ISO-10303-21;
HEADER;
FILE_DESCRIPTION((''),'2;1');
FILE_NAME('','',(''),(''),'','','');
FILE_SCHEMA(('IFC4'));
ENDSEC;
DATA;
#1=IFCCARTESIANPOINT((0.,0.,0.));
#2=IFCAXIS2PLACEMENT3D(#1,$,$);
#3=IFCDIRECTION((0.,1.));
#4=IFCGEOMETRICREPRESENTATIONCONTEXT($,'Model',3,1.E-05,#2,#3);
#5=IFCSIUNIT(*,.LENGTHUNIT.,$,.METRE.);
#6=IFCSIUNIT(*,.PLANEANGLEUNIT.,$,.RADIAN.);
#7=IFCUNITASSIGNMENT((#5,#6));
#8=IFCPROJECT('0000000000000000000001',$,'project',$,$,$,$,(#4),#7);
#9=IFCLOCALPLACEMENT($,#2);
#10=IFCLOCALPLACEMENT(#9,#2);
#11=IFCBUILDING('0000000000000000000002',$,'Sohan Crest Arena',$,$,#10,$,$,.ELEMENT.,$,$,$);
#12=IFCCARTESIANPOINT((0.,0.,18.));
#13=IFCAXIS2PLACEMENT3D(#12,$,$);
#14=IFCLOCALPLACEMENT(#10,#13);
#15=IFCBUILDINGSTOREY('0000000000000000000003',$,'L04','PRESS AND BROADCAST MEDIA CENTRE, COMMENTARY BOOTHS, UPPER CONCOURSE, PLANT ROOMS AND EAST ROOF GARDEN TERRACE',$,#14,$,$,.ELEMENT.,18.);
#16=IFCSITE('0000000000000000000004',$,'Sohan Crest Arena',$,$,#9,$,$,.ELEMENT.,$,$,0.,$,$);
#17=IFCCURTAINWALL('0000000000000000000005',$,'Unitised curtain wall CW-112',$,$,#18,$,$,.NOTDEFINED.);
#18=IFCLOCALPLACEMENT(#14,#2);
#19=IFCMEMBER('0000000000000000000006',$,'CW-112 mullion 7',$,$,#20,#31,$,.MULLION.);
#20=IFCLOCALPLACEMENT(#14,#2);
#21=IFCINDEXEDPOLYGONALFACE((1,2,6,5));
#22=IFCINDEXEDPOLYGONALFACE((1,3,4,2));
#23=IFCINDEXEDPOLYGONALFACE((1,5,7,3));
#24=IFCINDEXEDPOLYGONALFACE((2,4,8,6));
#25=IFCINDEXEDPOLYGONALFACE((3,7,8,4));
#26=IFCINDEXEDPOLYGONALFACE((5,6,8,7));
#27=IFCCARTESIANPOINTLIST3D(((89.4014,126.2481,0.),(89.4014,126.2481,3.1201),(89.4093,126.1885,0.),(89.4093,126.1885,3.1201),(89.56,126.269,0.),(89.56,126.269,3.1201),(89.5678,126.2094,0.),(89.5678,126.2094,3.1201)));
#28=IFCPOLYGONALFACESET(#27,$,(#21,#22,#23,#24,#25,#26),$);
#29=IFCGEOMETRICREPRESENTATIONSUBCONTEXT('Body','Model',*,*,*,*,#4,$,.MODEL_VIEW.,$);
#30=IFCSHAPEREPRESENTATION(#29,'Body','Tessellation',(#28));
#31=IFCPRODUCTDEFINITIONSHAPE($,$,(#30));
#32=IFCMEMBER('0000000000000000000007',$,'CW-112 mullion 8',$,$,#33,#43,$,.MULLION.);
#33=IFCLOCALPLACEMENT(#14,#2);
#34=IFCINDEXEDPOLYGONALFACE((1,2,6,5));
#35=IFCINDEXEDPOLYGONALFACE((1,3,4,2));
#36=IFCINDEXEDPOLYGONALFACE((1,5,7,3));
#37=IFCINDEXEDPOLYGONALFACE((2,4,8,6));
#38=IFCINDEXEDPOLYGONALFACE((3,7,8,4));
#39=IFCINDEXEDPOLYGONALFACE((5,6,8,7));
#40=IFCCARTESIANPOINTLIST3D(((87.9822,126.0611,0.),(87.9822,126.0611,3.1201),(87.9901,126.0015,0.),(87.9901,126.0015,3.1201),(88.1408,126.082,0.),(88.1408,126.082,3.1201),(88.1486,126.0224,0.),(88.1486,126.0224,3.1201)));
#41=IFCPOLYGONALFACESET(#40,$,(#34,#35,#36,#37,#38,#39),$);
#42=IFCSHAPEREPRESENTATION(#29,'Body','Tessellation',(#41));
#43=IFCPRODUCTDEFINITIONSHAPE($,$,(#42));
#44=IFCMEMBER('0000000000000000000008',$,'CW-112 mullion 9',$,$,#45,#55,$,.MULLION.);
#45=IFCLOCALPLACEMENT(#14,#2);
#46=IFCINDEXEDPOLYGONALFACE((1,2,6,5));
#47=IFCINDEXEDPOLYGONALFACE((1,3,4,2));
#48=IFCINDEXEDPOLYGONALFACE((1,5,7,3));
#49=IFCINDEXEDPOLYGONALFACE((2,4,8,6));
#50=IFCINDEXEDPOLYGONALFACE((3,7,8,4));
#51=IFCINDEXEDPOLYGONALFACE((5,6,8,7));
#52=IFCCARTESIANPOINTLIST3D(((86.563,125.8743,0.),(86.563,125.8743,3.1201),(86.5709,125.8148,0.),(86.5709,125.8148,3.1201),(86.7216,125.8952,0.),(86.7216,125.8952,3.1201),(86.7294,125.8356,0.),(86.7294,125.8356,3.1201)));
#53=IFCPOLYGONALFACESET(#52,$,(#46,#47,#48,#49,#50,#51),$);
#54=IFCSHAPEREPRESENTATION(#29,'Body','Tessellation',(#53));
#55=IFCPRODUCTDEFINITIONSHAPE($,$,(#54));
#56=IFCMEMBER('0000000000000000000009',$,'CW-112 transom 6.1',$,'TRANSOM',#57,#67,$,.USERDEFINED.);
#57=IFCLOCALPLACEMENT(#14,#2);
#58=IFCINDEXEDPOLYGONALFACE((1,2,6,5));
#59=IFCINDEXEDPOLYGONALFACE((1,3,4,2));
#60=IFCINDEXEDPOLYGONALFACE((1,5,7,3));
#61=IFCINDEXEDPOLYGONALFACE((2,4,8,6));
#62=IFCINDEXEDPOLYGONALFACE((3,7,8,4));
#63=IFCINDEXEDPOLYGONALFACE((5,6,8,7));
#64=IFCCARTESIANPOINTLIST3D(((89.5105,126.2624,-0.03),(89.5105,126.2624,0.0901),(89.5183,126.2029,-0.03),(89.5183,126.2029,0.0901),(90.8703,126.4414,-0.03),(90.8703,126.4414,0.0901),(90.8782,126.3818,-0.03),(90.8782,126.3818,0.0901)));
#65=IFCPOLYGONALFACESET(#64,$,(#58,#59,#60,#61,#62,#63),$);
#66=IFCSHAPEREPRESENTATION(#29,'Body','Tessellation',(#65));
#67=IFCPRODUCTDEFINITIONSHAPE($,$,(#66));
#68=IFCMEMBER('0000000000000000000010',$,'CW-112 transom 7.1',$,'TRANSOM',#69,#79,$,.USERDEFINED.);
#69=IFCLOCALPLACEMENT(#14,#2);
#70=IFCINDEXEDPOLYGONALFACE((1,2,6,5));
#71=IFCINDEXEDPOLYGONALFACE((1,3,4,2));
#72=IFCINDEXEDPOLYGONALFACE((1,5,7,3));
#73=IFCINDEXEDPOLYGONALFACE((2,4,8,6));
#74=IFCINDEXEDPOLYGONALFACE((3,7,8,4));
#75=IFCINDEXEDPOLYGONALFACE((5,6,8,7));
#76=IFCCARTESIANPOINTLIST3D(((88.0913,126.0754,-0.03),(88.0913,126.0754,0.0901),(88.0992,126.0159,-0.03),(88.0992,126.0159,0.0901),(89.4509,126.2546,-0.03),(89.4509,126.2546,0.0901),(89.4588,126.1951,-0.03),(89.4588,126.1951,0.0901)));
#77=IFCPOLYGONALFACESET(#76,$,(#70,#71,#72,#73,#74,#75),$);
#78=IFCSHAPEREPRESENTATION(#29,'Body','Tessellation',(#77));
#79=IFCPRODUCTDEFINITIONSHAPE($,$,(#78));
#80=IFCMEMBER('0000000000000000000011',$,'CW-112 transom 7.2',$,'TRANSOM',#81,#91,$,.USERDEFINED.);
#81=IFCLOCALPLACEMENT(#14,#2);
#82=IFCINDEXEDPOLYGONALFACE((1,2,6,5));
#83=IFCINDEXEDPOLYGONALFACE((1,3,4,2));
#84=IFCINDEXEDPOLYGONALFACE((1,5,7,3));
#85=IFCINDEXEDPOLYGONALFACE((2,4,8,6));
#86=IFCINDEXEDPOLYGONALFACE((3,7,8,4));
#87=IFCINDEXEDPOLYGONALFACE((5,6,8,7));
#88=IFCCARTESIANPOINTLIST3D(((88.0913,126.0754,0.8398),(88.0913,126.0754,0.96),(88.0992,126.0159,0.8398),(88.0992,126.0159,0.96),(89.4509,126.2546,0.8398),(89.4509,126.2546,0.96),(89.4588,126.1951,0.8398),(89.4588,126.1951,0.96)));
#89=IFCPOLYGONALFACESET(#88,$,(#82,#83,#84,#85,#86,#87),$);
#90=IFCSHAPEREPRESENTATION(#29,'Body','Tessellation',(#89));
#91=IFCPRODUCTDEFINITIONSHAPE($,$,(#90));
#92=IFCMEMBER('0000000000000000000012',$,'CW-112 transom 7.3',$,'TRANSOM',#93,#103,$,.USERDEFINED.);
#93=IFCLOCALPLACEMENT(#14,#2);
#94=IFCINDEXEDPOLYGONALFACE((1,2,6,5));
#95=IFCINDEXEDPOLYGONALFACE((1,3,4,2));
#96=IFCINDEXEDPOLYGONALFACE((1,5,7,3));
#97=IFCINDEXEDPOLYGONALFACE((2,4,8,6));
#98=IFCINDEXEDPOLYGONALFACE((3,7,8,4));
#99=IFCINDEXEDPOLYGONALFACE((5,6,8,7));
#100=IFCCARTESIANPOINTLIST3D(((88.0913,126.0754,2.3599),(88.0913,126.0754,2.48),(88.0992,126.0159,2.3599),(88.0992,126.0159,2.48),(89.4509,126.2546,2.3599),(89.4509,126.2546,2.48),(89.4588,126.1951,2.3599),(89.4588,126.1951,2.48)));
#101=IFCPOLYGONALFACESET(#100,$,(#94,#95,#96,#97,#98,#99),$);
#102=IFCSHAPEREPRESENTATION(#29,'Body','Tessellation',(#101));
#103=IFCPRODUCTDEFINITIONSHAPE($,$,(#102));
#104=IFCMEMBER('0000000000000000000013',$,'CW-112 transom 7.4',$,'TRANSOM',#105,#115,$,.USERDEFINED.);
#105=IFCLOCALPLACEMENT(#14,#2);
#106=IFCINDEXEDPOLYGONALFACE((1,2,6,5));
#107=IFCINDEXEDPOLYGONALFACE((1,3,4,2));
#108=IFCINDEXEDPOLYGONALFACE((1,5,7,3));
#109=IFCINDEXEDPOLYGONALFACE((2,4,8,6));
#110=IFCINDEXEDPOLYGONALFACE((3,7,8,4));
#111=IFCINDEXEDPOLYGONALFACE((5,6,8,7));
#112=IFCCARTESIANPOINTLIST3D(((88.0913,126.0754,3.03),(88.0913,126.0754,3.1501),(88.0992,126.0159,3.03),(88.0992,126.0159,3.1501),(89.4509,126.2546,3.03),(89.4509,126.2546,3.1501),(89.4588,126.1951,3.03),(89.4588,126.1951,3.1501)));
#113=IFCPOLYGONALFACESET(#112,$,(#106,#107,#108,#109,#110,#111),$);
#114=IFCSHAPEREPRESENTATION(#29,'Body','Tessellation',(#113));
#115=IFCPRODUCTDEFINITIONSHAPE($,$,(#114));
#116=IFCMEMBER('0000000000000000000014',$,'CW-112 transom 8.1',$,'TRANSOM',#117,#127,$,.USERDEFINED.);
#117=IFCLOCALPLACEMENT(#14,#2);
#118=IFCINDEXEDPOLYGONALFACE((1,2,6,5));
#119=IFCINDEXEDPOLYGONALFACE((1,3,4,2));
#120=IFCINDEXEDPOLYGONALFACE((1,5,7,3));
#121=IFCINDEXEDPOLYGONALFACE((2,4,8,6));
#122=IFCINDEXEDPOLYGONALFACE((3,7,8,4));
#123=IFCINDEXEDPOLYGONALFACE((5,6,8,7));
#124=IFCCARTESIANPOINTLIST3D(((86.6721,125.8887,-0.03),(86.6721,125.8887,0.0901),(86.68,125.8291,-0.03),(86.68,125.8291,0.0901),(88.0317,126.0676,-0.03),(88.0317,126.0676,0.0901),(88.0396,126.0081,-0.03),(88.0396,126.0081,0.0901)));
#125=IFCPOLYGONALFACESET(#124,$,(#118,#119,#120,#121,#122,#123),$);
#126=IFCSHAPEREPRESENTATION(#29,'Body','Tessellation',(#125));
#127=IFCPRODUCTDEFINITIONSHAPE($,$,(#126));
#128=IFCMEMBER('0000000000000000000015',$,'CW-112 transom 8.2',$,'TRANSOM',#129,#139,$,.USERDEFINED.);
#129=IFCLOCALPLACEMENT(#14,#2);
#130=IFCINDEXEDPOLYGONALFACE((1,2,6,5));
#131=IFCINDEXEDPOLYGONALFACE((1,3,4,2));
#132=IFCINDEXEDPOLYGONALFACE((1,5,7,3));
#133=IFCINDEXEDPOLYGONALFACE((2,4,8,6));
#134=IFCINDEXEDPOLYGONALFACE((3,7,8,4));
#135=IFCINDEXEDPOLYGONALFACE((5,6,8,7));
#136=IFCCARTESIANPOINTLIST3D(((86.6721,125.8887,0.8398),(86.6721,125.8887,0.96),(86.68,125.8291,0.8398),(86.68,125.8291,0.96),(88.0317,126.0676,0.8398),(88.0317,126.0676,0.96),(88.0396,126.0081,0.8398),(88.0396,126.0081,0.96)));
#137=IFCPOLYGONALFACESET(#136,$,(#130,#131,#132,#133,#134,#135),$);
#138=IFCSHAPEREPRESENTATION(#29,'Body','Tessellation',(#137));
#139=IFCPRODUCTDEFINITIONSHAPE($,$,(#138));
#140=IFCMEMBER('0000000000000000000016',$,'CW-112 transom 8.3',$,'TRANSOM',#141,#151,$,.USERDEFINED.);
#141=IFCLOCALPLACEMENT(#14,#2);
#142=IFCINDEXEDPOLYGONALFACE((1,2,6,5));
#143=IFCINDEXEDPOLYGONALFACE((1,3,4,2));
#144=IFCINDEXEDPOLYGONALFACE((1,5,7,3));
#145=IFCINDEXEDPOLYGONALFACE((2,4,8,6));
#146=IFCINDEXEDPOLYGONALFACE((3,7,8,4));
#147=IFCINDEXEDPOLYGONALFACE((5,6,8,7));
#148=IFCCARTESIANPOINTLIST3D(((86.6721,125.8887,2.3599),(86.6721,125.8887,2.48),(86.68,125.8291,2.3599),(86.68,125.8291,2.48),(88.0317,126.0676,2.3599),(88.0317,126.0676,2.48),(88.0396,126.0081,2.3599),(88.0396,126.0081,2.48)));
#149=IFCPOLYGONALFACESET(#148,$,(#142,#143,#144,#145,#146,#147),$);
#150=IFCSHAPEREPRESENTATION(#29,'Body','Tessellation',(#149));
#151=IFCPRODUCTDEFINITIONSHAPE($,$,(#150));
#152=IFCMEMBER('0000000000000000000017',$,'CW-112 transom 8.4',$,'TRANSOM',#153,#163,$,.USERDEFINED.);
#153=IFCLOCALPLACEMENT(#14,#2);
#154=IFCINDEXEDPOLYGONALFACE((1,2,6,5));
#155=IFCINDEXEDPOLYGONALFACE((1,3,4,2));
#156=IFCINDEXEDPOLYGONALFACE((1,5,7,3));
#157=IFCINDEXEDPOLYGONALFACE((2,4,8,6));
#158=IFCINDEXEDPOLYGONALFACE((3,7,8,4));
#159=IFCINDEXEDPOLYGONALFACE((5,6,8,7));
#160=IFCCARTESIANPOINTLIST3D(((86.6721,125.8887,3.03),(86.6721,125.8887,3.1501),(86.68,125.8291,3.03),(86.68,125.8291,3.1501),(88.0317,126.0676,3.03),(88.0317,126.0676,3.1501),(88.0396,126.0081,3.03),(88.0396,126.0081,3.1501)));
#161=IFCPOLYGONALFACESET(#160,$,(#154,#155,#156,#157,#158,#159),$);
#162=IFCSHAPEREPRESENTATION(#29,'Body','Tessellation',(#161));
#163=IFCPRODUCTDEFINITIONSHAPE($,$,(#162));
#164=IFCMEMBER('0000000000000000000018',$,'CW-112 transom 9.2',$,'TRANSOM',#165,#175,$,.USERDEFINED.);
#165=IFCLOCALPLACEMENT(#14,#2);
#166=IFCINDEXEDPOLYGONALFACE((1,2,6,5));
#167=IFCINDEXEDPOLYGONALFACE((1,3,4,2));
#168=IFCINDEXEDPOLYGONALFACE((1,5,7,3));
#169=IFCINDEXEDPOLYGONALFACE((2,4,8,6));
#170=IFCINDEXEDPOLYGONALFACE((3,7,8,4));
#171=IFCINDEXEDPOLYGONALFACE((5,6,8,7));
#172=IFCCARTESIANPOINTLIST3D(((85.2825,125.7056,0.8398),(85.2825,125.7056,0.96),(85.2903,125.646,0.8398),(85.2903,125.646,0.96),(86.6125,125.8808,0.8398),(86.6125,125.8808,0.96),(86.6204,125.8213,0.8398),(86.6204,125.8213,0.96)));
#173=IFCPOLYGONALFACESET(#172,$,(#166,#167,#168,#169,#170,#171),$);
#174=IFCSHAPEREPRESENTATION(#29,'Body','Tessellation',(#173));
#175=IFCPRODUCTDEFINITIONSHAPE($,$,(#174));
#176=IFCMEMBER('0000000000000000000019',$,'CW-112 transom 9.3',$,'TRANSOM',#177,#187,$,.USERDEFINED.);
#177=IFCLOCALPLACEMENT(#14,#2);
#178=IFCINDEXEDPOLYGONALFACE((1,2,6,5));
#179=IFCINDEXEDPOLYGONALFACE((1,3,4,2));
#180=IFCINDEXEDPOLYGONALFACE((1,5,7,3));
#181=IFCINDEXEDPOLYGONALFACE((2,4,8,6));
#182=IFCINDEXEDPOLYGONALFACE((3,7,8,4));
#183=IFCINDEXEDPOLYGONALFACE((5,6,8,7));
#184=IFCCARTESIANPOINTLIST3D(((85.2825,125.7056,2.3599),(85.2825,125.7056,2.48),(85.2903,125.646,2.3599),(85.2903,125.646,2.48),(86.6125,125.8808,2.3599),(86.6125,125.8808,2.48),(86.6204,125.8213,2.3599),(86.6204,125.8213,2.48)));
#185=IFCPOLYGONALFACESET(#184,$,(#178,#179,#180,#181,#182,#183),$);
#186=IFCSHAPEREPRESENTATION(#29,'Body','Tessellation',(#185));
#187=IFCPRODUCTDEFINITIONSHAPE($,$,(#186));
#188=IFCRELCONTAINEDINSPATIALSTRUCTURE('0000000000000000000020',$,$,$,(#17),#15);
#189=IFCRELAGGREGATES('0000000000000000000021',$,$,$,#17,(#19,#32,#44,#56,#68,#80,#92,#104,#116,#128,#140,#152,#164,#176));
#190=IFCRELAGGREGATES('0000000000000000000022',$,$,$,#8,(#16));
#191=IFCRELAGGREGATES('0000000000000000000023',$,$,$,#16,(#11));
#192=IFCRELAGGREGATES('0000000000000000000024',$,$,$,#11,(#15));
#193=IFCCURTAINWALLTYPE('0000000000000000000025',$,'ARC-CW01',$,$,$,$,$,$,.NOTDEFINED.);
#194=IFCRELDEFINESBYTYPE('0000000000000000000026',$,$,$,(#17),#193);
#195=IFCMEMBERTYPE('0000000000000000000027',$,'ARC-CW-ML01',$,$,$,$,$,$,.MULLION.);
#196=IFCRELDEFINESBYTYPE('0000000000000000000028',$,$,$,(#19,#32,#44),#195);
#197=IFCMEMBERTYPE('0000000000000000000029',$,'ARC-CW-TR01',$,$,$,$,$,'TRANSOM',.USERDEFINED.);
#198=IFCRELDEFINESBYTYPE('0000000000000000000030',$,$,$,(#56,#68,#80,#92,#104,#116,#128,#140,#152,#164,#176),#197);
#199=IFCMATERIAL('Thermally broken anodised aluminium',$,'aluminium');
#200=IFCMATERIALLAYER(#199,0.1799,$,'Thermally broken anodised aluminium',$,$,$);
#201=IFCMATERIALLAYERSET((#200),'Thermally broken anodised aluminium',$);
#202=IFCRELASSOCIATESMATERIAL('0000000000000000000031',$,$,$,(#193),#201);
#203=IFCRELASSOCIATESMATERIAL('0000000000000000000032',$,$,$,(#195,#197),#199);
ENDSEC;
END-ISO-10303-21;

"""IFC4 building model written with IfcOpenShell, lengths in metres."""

from ifc_helpers import new_model, si_unit, direction, frame, origin, origin_2d, place, context, subcontext, project, spatial, rectangle, extrude, material, layer, layer_set, material_profile, profile_set, type_object, element, aggregate, save


model = new_model("IFC4")

# Units and contexts
model_context = context("Model", 3, precision=1e-05, world=origin(), true_north=direction((0.0, 1.0)))
body_context = subcontext(model_context, "Body", "Model", "MODEL_VIEW")
ifc_project = project(units=[si_unit("LENGTHUNIT", "METRE"), si_unit("PLANEANGLEUNIT", "RADIAN")], contexts=[model_context])

# Site, building, storey
site_placement = place(None, origin())
site = spatial("IfcSite", under=ifc_project, at=site_placement, Name="Sohan Crest Arena", CompositionType="ELEMENT", RefElevation=0.0)
building_placement = place(site_placement, origin())
building = spatial("IfcBuilding", under=site, at=building_placement, Name="Sohan Crest Arena", CompositionType="ELEMENT")
storey_placement = place(building_placement, frame((0.0, 0.0, 18.0)))
storey = spatial("IfcBuildingStorey", under=building, at=storey_placement, Name="L04", Description="PRESS AND BROADCAST MEDIA CENTRE, COMMENTARY BOOTHS, UPPER CONCOURSE, PLANT ROOMS AND EAST ROOF GARDEN TERRACE", CompositionType="ELEMENT", Elevation=18.0)

# Curtain wall, members
ifc_material_1 = material(Name="Thermally broken anodised aluminium", Category="aluminium")
ifc_layer_1 = layer(ifc_material_1, 0.1799, Name="Thermally broken anodised aluminium")
ifc_layer_set_1 = layer_set([ifc_layer_1], Name="Thermally broken anodised aluminium")
curtain_wall_type = type_object("IfcCurtainWallType", Name="ARC-CW01", PredefinedType="NOTDEFINED", material=ifc_layer_set_1)
curtain_wall_placement = place(storey_placement, origin())
curtain_wall = element("IfcCurtainWall", 1, at=curtain_wall_placement, inside=storey, type_object=curtain_wall_type, Name="Unitised curtain wall CW-112", PredefinedType="NOTDEFINED")
ifc_material_profile_1 = material_profile(ifc_material_1, rectangle(XDim=0.0601, YDim=0.1599, at=origin_2d()), Name="ALU-MULL 60x160")
ifc_profile_set_1 = profile_set([ifc_material_profile_1], Name="Thermally broken anodised aluminium")
member_type_1 = type_object("IfcMemberType", Name="ARC-CW-ML01", PredefinedType="MULLION", material=ifc_profile_set_1)
member_1_placement = place(storey_placement, frame((89.4846, 126.2288, 0.0), z_axis=(0.0, 0.0, 1.0), x_axis=(0.130557, -0.991441, 0.0)))
member_1 = element("IfcMember", 2, at=member_1_placement, type_object=member_type_1, Name="CW-112 mullion 7", PredefinedType="MULLION", context=body_context, shape_type="SweptSolid", body=[
    extrude(rectangle(XDim=0.0601, YDim=0.1599, at=origin_2d()), origin(), (0.0, 0.0, 1.0), 3.1201),
])
member_2_placement = place(storey_placement, frame((88.0654, 126.0417, 0.0), z_axis=(0.0, 0.0, 1.0), x_axis=(0.130557, -0.991441, 0.0)))
member_2 = element("IfcMember", 3, at=member_2_placement, type_object=member_type_1, Name="CW-112 mullion 8", PredefinedType="MULLION", context=body_context, shape_type="SweptSolid", body=[
    extrude(rectangle(XDim=0.0601, YDim=0.1599, at=origin_2d()), origin(), (0.0, 0.0, 1.0), 3.1201),
])
member_3_placement = place(storey_placement, frame((86.6462, 125.855, 0.0), z_axis=(0.0, 0.0, 1.0), x_axis=(0.130557, -0.991441, 0.0)))
member_3 = element("IfcMember", 4, at=member_3_placement, type_object=member_type_1, Name="CW-112 mullion 9", PredefinedType="MULLION", context=body_context, shape_type="SweptSolid", body=[
    extrude(rectangle(XDim=0.0601, YDim=0.1599, at=origin_2d()), origin(), (0.0, 0.0, 1.0), 3.1201),
])
ifc_material_profile_2 = material_profile(ifc_material_1, rectangle(XDim=0.0601, YDim=0.1201, at=origin_2d()), Name="ALU-TRAN 60x120")
ifc_profile_set_2 = profile_set([ifc_material_profile_2], Name="Thermally broken anodised aluminium")
member_type_2 = type_object("IfcMemberType", Name="ARC-CW-TR01", ElementType="TRANSOM", PredefinedType="USERDEFINED", material=ifc_profile_set_2)
member_4_placement = place(storey_placement, frame((90.8743, 126.4116, 0.03), z_axis=(-0.991452, -0.130473, 0.0), x_axis=(0.130473, -0.991452, 0.0)))
member_4 = element("IfcMember", 5, at=member_4_placement, type_object=member_type_2, Name="CW-112 transom 6.1", ObjectType="TRANSOM", PredefinedType="USERDEFINED", context=body_context, shape_type="SweptSolid", body=[
    extrude(rectangle(XDim=0.0601, YDim=0.1201, at=origin_2d()), origin(), (0.0, 0.0, 1.0), 1.3716),
])
member_5_placement = place(storey_placement, frame((89.4548, 126.2249, 0.03), z_axis=(-0.991426, -0.130671, 0.0), x_axis=(0.130671, -0.991426, 0.0)))
member_5 = element("IfcMember", 6, at=member_5_placement, type_object=member_type_2, Name="CW-112 transom 7.1", ObjectType="TRANSOM", PredefinedType="USERDEFINED", context=body_context, shape_type="SweptSolid", body=[
    extrude(rectangle(XDim=0.0601, YDim=0.1201, at=origin_2d()), origin(), (0.0, 0.0, 1.0), 1.3713),
])
member_6_placement = place(storey_placement, frame((89.4548, 126.2249, 0.8999), z_axis=(-0.991426, -0.130671, 0.0), x_axis=(0.130671, -0.991426, 0.0)))
member_6 = element("IfcMember", 7, at=member_6_placement, type_object=member_type_2, Name="CW-112 transom 7.2", ObjectType="TRANSOM", PredefinedType="USERDEFINED", context=body_context, shape_type="SweptSolid", body=[
    extrude(rectangle(XDim=0.0601, YDim=0.1201, at=origin_2d()), origin(), (0.0, 0.0, 1.0), 1.3713),
])
member_7_placement = place(storey_placement, frame((89.4548, 126.2249, 2.4199), z_axis=(-0.991426, -0.130671, 0.0), x_axis=(0.130671, -0.991426, 0.0)))
member_7 = element("IfcMember", 8, at=member_7_placement, type_object=member_type_2, Name="CW-112 transom 7.3", ObjectType="TRANSOM", PredefinedType="USERDEFINED", context=body_context, shape_type="SweptSolid", body=[
    extrude(rectangle(XDim=0.0601, YDim=0.1201, at=origin_2d()), origin(), (0.0, 0.0, 1.0), 1.3713),
])
member_8_placement = place(storey_placement, frame((89.4548, 126.2249, 3.0901), z_axis=(-0.991426, -0.130671, 0.0), x_axis=(0.130671, -0.991426, 0.0)))
member_8 = element("IfcMember", 9, at=member_8_placement, type_object=member_type_2, Name="CW-112 transom 7.4", ObjectType="TRANSOM", PredefinedType="USERDEFINED", context=body_context, shape_type="SweptSolid", body=[
    extrude(rectangle(XDim=0.0601, YDim=0.1201, at=origin_2d()), origin(), (0.0, 0.0, 1.0), 1.3713),
])
member_9_placement = place(storey_placement, frame((88.0356, 126.0378, 0.03), z_axis=(-0.991449, -0.130496, 0.0), x_axis=(0.130496, -0.991449, 0.0)))
member_9 = element("IfcMember", 10, at=member_9_placement, type_object=member_type_2, Name="CW-112 transom 8.1", ObjectType="TRANSOM", PredefinedType="USERDEFINED", context=body_context, shape_type="SweptSolid", body=[
    extrude(rectangle(XDim=0.0601, YDim=0.1201, at=origin_2d()), origin(), (0.0, 0.0, 1.0), 1.3713),
])
member_10_placement = place(storey_placement, frame((88.0356, 126.0378, 0.8999), z_axis=(-0.991449, -0.130496, 0.0), x_axis=(0.130496, -0.991449, 0.0)))
member_10 = element("IfcMember", 11, at=member_10_placement, type_object=member_type_2, Name="CW-112 transom 8.2", ObjectType="TRANSOM", PredefinedType="USERDEFINED", context=body_context, shape_type="SweptSolid", body=[
    extrude(rectangle(XDim=0.0601, YDim=0.1201, at=origin_2d()), origin(), (0.0, 0.0, 1.0), 1.3713),
])
member_11_placement = place(storey_placement, frame((88.0356, 126.0378, 2.4199), z_axis=(-0.991449, -0.130496, 0.0), x_axis=(0.130496, -0.991449, 0.0)))
member_11 = element("IfcMember", 12, at=member_11_placement, type_object=member_type_2, Name="CW-112 transom 8.3", ObjectType="TRANSOM", PredefinedType="USERDEFINED", context=body_context, shape_type="SweptSolid", body=[
    extrude(rectangle(XDim=0.0601, YDim=0.1201, at=origin_2d()), origin(), (0.0, 0.0, 1.0), 1.3713),
])
member_12_placement = place(storey_placement, frame((88.0356, 126.0378, 3.0901), z_axis=(-0.991449, -0.130496, 0.0), x_axis=(0.130496, -0.991449, 0.0)))
member_12 = element("IfcMember", 13, at=member_12_placement, type_object=member_type_2, Name="CW-112 transom 8.4", ObjectType="TRANSOM", PredefinedType="USERDEFINED", context=body_context, shape_type="SweptSolid", body=[
    extrude(rectangle(XDim=0.0601, YDim=0.1201, at=origin_2d()), origin(), (0.0, 0.0, 1.0), 1.3713),
])
member_13_placement = place(storey_placement, frame((86.6165, 125.8511, 0.8999), z_axis=(-0.991427, -0.130662, 0.0), x_axis=(0.130662, -0.991427, 0.0)))
member_13 = element("IfcMember", 14, at=member_13_placement, type_object=member_type_2, Name="CW-112 transom 9.2", ObjectType="TRANSOM", PredefinedType="USERDEFINED", context=body_context, shape_type="SweptSolid", body=[
    extrude(rectangle(XDim=0.0601, YDim=0.1201, at=origin_2d()), origin(), (0.0, 0.0, 1.0), 1.3416),
])
member_14_placement = place(storey_placement, frame((86.6165, 125.8511, 2.4199), z_axis=(-0.991427, -0.130662, 0.0), x_axis=(0.130662, -0.991427, 0.0)))
member_14 = element("IfcMember", 15, at=member_14_placement, type_object=member_type_2, Name="CW-112 transom 9.3", ObjectType="TRANSOM", PredefinedType="USERDEFINED", context=body_context, shape_type="SweptSolid", body=[
    extrude(rectangle(XDim=0.0601, YDim=0.1201, at=origin_2d()), origin(), (0.0, 0.0, 1.0), 1.3416),
])
aggregate(curtain_wall, [member_1, member_2, member_3, member_4, member_5, member_6, member_7, member_8, member_9, member_10, member_11, member_12, member_13, member_14])

save(model, "model.ifc")
